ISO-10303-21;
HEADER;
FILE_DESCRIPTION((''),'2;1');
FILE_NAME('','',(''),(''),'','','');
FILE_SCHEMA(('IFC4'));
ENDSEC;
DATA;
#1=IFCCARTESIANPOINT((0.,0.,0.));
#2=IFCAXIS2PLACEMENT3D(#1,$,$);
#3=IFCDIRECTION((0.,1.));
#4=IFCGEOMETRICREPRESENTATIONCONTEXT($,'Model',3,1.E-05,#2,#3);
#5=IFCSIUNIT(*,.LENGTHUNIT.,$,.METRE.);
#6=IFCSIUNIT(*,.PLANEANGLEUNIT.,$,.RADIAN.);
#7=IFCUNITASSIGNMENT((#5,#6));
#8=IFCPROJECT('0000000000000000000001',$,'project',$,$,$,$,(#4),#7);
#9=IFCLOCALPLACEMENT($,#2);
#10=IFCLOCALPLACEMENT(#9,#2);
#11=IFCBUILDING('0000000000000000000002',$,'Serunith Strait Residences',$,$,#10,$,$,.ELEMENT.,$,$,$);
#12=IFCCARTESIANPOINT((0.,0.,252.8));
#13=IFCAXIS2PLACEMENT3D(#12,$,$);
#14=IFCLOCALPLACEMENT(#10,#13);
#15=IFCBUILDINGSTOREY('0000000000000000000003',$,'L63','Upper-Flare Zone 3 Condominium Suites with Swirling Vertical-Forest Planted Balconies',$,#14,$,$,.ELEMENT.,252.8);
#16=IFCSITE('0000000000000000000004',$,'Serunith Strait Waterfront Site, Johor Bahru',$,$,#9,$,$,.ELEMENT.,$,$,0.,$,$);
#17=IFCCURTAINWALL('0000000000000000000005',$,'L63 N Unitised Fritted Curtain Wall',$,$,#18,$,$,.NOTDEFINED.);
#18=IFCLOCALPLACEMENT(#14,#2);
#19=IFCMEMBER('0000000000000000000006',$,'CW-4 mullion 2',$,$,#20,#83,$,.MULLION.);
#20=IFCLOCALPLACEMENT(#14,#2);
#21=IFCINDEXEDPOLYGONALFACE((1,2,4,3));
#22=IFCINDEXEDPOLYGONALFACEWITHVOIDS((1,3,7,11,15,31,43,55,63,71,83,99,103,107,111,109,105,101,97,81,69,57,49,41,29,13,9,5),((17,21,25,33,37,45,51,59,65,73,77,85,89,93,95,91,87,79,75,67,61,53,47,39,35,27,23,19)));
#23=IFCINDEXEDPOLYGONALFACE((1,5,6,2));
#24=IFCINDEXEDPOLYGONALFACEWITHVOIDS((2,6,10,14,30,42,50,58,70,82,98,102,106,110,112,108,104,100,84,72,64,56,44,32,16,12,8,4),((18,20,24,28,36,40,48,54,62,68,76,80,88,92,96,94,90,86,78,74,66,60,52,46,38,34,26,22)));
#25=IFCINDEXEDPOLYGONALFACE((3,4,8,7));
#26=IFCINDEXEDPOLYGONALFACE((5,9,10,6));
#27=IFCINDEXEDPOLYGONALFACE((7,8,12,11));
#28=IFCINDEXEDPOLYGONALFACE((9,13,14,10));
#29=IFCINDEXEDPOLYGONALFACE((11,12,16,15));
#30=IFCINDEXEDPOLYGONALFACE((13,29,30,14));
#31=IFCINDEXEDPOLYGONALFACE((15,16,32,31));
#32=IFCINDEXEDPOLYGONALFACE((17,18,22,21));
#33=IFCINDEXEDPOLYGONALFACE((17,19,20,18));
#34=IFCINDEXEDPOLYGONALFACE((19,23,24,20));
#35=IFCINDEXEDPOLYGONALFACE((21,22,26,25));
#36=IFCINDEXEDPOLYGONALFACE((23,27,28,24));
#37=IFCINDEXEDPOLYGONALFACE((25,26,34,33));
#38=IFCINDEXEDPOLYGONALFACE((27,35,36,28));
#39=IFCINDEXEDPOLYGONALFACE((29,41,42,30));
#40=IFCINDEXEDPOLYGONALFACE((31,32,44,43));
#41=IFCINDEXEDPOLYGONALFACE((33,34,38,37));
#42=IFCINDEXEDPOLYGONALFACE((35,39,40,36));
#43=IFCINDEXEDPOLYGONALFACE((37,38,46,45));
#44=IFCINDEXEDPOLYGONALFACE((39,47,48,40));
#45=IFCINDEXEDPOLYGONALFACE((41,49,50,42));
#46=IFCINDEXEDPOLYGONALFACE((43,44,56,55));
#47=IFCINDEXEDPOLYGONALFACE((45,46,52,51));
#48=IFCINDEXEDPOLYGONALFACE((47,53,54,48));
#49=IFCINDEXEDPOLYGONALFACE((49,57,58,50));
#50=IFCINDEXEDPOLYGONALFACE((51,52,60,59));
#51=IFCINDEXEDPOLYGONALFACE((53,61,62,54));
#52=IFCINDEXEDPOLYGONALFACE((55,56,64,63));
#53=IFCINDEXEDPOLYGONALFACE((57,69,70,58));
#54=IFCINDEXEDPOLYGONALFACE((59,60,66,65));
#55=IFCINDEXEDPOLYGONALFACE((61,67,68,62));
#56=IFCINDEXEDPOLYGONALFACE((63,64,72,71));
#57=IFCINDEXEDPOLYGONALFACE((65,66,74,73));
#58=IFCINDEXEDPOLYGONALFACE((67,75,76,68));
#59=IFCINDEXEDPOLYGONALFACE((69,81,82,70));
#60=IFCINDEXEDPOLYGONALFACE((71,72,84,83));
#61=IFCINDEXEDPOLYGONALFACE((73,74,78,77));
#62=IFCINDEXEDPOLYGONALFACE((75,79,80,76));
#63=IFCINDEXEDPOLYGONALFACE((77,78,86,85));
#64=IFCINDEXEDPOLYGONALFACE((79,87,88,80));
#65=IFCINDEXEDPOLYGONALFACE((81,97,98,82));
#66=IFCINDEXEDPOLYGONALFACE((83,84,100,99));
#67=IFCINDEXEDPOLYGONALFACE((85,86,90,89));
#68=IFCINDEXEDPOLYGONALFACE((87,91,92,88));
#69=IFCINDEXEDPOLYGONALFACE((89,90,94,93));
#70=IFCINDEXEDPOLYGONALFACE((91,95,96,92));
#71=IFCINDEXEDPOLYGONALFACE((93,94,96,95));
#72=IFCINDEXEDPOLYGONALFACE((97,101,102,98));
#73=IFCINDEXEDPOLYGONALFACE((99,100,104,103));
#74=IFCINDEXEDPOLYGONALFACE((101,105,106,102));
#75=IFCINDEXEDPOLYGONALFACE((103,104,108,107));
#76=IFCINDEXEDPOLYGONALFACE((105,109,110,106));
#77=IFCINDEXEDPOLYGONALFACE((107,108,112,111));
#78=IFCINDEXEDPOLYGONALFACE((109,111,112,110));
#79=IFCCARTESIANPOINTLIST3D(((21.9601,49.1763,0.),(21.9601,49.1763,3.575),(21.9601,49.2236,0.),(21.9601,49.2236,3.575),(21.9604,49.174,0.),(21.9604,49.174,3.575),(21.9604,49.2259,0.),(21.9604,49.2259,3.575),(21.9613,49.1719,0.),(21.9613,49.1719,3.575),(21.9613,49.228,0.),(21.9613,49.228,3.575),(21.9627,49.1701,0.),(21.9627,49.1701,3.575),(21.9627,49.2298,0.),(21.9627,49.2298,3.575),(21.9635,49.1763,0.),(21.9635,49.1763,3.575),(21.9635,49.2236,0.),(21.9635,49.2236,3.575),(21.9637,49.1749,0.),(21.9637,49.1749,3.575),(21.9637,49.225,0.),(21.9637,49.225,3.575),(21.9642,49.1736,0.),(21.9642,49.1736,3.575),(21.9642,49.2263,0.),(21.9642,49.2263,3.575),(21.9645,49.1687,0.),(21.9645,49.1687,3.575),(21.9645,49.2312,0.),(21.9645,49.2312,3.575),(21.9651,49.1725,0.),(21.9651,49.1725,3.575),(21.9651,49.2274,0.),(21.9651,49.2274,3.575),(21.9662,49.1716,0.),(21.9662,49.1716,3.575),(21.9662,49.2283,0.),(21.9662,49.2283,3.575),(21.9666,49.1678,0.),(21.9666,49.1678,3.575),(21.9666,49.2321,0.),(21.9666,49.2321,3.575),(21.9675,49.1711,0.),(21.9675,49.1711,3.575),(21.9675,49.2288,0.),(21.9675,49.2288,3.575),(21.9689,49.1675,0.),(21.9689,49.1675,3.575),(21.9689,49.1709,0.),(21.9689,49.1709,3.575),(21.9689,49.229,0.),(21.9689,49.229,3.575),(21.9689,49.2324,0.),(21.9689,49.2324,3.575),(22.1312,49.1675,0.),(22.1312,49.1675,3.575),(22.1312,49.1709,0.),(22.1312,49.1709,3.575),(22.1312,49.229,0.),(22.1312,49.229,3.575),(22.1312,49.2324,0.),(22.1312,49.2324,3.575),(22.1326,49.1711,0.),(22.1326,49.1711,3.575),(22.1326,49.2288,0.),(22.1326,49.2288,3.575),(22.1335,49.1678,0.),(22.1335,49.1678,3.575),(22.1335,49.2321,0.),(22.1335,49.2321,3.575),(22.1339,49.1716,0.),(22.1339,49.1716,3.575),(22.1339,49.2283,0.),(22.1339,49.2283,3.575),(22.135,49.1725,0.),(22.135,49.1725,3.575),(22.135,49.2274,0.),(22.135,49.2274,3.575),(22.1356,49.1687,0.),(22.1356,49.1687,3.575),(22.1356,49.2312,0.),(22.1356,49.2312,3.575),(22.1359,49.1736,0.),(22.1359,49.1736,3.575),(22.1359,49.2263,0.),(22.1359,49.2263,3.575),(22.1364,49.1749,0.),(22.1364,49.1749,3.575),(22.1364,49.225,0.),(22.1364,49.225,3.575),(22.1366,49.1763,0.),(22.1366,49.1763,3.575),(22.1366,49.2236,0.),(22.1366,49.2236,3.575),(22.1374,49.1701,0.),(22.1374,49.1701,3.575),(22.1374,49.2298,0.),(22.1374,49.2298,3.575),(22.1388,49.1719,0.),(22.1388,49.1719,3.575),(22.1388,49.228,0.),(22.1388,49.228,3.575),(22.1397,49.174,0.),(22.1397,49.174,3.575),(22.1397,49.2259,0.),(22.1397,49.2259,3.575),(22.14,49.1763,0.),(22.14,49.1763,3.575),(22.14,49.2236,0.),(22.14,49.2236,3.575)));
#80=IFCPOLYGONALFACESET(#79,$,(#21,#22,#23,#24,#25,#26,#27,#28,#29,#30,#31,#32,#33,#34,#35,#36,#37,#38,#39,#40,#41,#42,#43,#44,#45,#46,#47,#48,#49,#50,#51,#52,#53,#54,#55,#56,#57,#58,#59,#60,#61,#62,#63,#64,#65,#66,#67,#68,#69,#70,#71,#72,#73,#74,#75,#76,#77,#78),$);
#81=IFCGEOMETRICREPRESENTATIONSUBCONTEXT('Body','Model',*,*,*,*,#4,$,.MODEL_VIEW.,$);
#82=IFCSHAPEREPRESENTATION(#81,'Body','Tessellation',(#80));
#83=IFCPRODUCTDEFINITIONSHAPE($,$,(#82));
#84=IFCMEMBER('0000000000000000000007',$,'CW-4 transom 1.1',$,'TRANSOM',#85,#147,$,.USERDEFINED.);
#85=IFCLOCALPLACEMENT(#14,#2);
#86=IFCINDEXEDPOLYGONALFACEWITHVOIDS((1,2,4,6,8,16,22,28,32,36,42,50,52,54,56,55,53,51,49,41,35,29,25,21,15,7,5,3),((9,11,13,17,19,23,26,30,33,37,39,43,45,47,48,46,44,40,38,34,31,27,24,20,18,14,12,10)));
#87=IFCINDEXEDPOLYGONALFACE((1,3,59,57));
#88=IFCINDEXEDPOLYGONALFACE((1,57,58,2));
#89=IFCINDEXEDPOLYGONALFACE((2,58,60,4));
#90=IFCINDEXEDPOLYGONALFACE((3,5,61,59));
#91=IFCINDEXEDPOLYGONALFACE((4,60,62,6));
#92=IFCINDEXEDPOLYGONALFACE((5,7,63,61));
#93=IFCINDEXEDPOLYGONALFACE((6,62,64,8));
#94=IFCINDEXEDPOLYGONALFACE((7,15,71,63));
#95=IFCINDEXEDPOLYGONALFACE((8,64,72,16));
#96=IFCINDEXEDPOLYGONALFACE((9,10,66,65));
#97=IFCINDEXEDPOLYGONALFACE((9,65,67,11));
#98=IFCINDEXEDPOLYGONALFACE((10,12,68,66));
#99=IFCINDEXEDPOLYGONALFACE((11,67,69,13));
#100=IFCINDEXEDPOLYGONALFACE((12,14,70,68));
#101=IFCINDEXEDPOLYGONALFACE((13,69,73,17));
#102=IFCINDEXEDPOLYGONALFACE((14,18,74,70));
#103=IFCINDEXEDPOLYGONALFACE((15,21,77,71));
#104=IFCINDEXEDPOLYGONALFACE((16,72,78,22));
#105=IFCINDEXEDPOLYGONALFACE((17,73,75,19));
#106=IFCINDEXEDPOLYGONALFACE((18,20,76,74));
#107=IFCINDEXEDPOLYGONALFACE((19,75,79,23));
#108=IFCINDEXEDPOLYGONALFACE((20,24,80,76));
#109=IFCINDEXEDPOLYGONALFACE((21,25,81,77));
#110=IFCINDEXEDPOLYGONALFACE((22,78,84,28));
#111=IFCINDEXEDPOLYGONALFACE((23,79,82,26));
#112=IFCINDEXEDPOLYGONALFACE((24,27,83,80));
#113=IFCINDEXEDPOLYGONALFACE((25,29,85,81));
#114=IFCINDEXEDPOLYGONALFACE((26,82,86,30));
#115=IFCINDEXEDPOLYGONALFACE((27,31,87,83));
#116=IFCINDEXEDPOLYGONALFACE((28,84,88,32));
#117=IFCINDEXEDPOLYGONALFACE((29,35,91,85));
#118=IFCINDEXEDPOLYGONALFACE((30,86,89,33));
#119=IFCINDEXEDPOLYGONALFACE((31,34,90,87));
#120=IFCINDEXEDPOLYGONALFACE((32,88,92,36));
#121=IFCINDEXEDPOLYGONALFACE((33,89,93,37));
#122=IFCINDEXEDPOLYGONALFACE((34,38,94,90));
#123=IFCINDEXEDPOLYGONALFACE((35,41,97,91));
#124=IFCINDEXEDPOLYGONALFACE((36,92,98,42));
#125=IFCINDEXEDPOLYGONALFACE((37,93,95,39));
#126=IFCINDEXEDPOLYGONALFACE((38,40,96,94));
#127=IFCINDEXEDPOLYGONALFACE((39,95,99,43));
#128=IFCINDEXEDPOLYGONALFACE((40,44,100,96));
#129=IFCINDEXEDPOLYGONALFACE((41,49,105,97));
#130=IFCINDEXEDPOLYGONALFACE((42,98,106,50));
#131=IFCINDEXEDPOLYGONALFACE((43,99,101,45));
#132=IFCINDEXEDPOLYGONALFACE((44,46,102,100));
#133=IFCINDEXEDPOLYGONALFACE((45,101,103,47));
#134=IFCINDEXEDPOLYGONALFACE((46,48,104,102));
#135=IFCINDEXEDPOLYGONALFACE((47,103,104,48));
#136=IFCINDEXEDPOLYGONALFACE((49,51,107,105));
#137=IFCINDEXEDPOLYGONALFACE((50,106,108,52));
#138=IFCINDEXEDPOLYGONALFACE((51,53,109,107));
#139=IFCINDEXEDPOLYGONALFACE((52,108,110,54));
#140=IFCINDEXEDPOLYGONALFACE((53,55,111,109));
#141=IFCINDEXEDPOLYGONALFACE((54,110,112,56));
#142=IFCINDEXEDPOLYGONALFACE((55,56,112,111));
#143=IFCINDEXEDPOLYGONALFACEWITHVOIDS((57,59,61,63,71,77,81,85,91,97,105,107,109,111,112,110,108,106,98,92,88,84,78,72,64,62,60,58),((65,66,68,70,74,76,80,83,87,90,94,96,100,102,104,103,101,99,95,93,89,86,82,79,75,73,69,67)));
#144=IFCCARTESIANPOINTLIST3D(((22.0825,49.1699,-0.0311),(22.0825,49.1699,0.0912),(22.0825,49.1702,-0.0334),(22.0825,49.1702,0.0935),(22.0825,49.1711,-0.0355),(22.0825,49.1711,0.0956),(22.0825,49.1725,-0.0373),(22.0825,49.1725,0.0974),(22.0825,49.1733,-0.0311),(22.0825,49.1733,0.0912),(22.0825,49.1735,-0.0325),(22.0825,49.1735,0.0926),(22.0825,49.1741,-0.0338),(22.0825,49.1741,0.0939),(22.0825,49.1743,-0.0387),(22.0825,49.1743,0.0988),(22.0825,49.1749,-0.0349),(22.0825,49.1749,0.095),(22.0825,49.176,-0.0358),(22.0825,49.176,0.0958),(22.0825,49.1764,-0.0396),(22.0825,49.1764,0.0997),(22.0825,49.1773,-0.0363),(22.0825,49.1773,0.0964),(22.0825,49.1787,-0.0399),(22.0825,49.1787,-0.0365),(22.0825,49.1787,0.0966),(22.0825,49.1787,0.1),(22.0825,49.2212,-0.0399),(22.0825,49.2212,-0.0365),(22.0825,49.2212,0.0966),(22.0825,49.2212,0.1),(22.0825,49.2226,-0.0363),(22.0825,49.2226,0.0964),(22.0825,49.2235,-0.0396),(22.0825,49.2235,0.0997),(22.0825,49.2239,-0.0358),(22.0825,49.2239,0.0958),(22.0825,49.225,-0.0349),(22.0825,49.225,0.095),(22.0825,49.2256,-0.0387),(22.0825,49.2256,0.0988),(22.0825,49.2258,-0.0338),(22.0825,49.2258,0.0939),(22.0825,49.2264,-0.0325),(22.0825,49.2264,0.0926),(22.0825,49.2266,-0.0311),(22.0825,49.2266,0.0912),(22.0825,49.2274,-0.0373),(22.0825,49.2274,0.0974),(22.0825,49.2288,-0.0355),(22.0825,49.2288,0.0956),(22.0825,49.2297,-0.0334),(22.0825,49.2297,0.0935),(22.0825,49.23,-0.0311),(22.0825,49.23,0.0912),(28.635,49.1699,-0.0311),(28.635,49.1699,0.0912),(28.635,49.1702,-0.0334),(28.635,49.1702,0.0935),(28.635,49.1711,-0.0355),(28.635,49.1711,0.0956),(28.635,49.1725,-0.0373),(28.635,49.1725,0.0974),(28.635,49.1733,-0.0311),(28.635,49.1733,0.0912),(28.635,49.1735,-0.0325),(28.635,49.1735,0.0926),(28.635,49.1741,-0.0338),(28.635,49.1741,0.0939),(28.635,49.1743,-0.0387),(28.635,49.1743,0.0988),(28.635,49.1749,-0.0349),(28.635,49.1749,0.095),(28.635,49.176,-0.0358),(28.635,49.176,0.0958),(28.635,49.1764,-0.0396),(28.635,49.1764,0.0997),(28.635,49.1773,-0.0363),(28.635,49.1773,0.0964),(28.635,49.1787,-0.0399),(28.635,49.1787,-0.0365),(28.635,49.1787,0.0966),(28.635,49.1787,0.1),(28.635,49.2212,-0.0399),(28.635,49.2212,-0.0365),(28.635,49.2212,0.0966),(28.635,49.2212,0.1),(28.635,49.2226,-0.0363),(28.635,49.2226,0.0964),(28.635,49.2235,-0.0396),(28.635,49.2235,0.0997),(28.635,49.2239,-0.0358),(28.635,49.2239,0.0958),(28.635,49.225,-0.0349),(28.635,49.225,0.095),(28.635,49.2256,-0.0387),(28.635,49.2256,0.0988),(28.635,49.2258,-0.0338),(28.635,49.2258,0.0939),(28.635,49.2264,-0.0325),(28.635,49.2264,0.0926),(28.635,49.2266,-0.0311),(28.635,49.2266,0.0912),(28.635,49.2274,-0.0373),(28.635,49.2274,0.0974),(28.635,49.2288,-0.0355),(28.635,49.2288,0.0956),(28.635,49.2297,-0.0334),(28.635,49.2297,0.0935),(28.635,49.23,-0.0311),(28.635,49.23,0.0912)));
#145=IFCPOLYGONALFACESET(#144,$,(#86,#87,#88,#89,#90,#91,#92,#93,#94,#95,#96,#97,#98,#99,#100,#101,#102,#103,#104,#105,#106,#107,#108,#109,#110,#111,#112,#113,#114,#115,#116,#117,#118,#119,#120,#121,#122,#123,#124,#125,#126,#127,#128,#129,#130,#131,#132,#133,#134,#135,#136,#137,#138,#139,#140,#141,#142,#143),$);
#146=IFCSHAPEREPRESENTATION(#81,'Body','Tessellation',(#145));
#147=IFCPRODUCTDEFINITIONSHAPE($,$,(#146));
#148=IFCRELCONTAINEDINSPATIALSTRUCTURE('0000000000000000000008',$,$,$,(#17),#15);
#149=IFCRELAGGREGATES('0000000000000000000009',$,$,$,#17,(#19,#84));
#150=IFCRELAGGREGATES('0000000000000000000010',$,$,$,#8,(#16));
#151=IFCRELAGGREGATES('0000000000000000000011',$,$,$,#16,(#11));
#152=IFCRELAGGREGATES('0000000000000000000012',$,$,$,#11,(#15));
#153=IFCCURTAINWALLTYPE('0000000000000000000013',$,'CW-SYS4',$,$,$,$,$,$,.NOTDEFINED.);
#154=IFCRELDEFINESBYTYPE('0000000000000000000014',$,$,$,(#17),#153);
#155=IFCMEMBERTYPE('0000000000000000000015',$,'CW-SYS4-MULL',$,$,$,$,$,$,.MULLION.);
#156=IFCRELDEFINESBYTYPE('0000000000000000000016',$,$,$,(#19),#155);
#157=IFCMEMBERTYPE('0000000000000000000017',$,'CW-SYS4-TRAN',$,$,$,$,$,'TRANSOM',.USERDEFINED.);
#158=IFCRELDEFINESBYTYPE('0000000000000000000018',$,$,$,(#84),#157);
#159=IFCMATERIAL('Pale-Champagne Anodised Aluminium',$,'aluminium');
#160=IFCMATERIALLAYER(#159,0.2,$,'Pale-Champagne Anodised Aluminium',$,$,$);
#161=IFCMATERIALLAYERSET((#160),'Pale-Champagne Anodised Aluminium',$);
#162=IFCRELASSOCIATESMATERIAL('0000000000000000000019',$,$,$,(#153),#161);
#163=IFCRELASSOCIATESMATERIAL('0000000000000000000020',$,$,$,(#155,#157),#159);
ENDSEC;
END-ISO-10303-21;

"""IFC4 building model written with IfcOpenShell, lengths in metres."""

from ifc_helpers import new_model, si_unit, direction, frame, origin, origin_2d, place, context, subcontext, project, spatial, hollow_rectangle, extrude, source, transform, mapped, material, layer, layer_set, material_profile, profile_set, type_object, element, aggregate, save


model = new_model("IFC4")

# Units and contexts
model_context = context("Model", 3, precision=1e-05, world=origin(), true_north=direction((0.0, 1.0)))
body_context = subcontext(model_context, "Body", "Model", "MODEL_VIEW")
ifc_project = project(units=[si_unit("LENGTHUNIT", "METRE"), si_unit("PLANEANGLEUNIT", "RADIAN")], contexts=[model_context])

# Site, building, storey
site_placement = place(None, origin())
site = spatial("IfcSite", under=ifc_project, at=site_placement, Name="Serunith Strait Waterfront Site, Johor Bahru", CompositionType="ELEMENT", RefElevation=0.0)
building_placement = place(site_placement, origin())
building = spatial("IfcBuilding", under=site, at=building_placement, Name="Serunith Strait Residences", CompositionType="ELEMENT")
storey_placement = place(building_placement, frame((0.0, 0.0, 252.8)))
storey = spatial("IfcBuildingStorey", under=building, at=storey_placement, Name="L63", Description="Upper-Flare Zone 3 Condominium Suites with Swirling Vertical-Forest Planted Balconies", CompositionType="ELEMENT", Elevation=252.8)

# Shared definitions
ifc_material_1 = material(Name="Pale-Champagne Anodised Aluminium", Category="aluminium")
ifc_layer_1 = layer(ifc_material_1, 0.2, Name="Pale-Champagne Anodised Aluminium")
ifc_layer_set_1 = layer_set([ifc_layer_1], Name="Pale-Champagne Anodised Aluminium")
curtain_wall_type = type_object("IfcCurtainWallType", Name="CW-SYS4", PredefinedType="NOTDEFINED", material=ifc_layer_set_1)
ifc_material_profile_1 = material_profile(ifc_material_1, hollow_rectangle(XDim=0.0649, YDim=0.1799, WallThickness=0.0034, InnerFilletRadius=0.0054, OuterFilletRadius=0.0088, at=origin_2d()), Name="ALU 180x65x3.5")
ifc_profile_set_1 = profile_set([ifc_material_profile_1], Name="Pale-Champagne Anodised Aluminium")
member_type_1 = type_object("IfcMemberType", Name="CW-SYS4-MULL", PredefinedType="MULLION", material=ifc_profile_set_1)
shared_shape_1 = source(origin(), body_context, "Body", "SweptSolid", [
    extrude(hollow_rectangle(XDim=0.0649, YDim=0.1799, WallThickness=0.0034, InnerFilletRadius=0.0054, OuterFilletRadius=0.0088, at=origin_2d()), origin(), (0.0, 0.0, 1.0), 3.575),
])

# Curtain wall, members
curtain_wall_1_placement = place(storey_placement, origin())
curtain_wall_1 = element("IfcCurtainWall", 1, at=curtain_wall_1_placement, inside=storey, type_object=curtain_wall_type, Name="L63 N Unitised Fritted Curtain Wall", PredefinedType="NOTDEFINED")
member_1_placement = place(storey_placement, frame((22.05, 49.2, 0.0), z_axis=(0.0, 0.0, 1.0), x_axis=(0.0, -1.0, 0.0)))
member_1 = element("IfcMember", 2, at=member_1_placement, type_object=member_type_1, Name="CW-4 mullion 2", PredefinedType="MULLION", context=body_context, shape_type="MappedRepresentation", body=[
    mapped(shared_shape_1, transform((0.0, 0.0, 0.0), scale=1.0)),
])
ifc_material_profile_2 = material_profile(ifc_material_1, hollow_rectangle(XDim=0.0601, YDim=0.1399, WallThickness=0.0034, InnerFilletRadius=0.0054, OuterFilletRadius=0.0088, at=origin_2d()), Name="ALU 140x60x3.5")
ifc_profile_set_2 = profile_set([ifc_material_profile_2], Name="Pale-Champagne Anodised Aluminium")
member_type_2 = type_object("IfcMemberType", Name="CW-SYS4-TRAN", ElementType="TRANSOM", PredefinedType="USERDEFINED", material=ifc_profile_set_2)
shared_shape_2 = source(origin(), body_context, "Body", "SweptSolid", [
    extrude(hollow_rectangle(XDim=0.0601, YDim=0.1399, WallThickness=0.0034, InnerFilletRadius=0.0054, OuterFilletRadius=0.0088, at=origin_2d()), origin(), (0.0, 0.0, 1.0), 6.5525),
])
member_2_placement = place(storey_placement, frame((28.635, 49.2, 0.03), z_axis=(-1.0, 0.0, 0.0), x_axis=(0.0, -1.0, 0.0)))
member_2 = element("IfcMember", 3, at=member_2_placement, type_object=member_type_2, Name="CW-4 transom 1.1", ObjectType="TRANSOM", PredefinedType="USERDEFINED", context=body_context, shape_type="MappedRepresentation", body=[
    mapped(shared_shape_2, transform((0.0, 0.0, 0.0), scale=1.0)),
])
aggregate(curtain_wall_1, [member_1, member_2])

save(model, "model.ifc")
